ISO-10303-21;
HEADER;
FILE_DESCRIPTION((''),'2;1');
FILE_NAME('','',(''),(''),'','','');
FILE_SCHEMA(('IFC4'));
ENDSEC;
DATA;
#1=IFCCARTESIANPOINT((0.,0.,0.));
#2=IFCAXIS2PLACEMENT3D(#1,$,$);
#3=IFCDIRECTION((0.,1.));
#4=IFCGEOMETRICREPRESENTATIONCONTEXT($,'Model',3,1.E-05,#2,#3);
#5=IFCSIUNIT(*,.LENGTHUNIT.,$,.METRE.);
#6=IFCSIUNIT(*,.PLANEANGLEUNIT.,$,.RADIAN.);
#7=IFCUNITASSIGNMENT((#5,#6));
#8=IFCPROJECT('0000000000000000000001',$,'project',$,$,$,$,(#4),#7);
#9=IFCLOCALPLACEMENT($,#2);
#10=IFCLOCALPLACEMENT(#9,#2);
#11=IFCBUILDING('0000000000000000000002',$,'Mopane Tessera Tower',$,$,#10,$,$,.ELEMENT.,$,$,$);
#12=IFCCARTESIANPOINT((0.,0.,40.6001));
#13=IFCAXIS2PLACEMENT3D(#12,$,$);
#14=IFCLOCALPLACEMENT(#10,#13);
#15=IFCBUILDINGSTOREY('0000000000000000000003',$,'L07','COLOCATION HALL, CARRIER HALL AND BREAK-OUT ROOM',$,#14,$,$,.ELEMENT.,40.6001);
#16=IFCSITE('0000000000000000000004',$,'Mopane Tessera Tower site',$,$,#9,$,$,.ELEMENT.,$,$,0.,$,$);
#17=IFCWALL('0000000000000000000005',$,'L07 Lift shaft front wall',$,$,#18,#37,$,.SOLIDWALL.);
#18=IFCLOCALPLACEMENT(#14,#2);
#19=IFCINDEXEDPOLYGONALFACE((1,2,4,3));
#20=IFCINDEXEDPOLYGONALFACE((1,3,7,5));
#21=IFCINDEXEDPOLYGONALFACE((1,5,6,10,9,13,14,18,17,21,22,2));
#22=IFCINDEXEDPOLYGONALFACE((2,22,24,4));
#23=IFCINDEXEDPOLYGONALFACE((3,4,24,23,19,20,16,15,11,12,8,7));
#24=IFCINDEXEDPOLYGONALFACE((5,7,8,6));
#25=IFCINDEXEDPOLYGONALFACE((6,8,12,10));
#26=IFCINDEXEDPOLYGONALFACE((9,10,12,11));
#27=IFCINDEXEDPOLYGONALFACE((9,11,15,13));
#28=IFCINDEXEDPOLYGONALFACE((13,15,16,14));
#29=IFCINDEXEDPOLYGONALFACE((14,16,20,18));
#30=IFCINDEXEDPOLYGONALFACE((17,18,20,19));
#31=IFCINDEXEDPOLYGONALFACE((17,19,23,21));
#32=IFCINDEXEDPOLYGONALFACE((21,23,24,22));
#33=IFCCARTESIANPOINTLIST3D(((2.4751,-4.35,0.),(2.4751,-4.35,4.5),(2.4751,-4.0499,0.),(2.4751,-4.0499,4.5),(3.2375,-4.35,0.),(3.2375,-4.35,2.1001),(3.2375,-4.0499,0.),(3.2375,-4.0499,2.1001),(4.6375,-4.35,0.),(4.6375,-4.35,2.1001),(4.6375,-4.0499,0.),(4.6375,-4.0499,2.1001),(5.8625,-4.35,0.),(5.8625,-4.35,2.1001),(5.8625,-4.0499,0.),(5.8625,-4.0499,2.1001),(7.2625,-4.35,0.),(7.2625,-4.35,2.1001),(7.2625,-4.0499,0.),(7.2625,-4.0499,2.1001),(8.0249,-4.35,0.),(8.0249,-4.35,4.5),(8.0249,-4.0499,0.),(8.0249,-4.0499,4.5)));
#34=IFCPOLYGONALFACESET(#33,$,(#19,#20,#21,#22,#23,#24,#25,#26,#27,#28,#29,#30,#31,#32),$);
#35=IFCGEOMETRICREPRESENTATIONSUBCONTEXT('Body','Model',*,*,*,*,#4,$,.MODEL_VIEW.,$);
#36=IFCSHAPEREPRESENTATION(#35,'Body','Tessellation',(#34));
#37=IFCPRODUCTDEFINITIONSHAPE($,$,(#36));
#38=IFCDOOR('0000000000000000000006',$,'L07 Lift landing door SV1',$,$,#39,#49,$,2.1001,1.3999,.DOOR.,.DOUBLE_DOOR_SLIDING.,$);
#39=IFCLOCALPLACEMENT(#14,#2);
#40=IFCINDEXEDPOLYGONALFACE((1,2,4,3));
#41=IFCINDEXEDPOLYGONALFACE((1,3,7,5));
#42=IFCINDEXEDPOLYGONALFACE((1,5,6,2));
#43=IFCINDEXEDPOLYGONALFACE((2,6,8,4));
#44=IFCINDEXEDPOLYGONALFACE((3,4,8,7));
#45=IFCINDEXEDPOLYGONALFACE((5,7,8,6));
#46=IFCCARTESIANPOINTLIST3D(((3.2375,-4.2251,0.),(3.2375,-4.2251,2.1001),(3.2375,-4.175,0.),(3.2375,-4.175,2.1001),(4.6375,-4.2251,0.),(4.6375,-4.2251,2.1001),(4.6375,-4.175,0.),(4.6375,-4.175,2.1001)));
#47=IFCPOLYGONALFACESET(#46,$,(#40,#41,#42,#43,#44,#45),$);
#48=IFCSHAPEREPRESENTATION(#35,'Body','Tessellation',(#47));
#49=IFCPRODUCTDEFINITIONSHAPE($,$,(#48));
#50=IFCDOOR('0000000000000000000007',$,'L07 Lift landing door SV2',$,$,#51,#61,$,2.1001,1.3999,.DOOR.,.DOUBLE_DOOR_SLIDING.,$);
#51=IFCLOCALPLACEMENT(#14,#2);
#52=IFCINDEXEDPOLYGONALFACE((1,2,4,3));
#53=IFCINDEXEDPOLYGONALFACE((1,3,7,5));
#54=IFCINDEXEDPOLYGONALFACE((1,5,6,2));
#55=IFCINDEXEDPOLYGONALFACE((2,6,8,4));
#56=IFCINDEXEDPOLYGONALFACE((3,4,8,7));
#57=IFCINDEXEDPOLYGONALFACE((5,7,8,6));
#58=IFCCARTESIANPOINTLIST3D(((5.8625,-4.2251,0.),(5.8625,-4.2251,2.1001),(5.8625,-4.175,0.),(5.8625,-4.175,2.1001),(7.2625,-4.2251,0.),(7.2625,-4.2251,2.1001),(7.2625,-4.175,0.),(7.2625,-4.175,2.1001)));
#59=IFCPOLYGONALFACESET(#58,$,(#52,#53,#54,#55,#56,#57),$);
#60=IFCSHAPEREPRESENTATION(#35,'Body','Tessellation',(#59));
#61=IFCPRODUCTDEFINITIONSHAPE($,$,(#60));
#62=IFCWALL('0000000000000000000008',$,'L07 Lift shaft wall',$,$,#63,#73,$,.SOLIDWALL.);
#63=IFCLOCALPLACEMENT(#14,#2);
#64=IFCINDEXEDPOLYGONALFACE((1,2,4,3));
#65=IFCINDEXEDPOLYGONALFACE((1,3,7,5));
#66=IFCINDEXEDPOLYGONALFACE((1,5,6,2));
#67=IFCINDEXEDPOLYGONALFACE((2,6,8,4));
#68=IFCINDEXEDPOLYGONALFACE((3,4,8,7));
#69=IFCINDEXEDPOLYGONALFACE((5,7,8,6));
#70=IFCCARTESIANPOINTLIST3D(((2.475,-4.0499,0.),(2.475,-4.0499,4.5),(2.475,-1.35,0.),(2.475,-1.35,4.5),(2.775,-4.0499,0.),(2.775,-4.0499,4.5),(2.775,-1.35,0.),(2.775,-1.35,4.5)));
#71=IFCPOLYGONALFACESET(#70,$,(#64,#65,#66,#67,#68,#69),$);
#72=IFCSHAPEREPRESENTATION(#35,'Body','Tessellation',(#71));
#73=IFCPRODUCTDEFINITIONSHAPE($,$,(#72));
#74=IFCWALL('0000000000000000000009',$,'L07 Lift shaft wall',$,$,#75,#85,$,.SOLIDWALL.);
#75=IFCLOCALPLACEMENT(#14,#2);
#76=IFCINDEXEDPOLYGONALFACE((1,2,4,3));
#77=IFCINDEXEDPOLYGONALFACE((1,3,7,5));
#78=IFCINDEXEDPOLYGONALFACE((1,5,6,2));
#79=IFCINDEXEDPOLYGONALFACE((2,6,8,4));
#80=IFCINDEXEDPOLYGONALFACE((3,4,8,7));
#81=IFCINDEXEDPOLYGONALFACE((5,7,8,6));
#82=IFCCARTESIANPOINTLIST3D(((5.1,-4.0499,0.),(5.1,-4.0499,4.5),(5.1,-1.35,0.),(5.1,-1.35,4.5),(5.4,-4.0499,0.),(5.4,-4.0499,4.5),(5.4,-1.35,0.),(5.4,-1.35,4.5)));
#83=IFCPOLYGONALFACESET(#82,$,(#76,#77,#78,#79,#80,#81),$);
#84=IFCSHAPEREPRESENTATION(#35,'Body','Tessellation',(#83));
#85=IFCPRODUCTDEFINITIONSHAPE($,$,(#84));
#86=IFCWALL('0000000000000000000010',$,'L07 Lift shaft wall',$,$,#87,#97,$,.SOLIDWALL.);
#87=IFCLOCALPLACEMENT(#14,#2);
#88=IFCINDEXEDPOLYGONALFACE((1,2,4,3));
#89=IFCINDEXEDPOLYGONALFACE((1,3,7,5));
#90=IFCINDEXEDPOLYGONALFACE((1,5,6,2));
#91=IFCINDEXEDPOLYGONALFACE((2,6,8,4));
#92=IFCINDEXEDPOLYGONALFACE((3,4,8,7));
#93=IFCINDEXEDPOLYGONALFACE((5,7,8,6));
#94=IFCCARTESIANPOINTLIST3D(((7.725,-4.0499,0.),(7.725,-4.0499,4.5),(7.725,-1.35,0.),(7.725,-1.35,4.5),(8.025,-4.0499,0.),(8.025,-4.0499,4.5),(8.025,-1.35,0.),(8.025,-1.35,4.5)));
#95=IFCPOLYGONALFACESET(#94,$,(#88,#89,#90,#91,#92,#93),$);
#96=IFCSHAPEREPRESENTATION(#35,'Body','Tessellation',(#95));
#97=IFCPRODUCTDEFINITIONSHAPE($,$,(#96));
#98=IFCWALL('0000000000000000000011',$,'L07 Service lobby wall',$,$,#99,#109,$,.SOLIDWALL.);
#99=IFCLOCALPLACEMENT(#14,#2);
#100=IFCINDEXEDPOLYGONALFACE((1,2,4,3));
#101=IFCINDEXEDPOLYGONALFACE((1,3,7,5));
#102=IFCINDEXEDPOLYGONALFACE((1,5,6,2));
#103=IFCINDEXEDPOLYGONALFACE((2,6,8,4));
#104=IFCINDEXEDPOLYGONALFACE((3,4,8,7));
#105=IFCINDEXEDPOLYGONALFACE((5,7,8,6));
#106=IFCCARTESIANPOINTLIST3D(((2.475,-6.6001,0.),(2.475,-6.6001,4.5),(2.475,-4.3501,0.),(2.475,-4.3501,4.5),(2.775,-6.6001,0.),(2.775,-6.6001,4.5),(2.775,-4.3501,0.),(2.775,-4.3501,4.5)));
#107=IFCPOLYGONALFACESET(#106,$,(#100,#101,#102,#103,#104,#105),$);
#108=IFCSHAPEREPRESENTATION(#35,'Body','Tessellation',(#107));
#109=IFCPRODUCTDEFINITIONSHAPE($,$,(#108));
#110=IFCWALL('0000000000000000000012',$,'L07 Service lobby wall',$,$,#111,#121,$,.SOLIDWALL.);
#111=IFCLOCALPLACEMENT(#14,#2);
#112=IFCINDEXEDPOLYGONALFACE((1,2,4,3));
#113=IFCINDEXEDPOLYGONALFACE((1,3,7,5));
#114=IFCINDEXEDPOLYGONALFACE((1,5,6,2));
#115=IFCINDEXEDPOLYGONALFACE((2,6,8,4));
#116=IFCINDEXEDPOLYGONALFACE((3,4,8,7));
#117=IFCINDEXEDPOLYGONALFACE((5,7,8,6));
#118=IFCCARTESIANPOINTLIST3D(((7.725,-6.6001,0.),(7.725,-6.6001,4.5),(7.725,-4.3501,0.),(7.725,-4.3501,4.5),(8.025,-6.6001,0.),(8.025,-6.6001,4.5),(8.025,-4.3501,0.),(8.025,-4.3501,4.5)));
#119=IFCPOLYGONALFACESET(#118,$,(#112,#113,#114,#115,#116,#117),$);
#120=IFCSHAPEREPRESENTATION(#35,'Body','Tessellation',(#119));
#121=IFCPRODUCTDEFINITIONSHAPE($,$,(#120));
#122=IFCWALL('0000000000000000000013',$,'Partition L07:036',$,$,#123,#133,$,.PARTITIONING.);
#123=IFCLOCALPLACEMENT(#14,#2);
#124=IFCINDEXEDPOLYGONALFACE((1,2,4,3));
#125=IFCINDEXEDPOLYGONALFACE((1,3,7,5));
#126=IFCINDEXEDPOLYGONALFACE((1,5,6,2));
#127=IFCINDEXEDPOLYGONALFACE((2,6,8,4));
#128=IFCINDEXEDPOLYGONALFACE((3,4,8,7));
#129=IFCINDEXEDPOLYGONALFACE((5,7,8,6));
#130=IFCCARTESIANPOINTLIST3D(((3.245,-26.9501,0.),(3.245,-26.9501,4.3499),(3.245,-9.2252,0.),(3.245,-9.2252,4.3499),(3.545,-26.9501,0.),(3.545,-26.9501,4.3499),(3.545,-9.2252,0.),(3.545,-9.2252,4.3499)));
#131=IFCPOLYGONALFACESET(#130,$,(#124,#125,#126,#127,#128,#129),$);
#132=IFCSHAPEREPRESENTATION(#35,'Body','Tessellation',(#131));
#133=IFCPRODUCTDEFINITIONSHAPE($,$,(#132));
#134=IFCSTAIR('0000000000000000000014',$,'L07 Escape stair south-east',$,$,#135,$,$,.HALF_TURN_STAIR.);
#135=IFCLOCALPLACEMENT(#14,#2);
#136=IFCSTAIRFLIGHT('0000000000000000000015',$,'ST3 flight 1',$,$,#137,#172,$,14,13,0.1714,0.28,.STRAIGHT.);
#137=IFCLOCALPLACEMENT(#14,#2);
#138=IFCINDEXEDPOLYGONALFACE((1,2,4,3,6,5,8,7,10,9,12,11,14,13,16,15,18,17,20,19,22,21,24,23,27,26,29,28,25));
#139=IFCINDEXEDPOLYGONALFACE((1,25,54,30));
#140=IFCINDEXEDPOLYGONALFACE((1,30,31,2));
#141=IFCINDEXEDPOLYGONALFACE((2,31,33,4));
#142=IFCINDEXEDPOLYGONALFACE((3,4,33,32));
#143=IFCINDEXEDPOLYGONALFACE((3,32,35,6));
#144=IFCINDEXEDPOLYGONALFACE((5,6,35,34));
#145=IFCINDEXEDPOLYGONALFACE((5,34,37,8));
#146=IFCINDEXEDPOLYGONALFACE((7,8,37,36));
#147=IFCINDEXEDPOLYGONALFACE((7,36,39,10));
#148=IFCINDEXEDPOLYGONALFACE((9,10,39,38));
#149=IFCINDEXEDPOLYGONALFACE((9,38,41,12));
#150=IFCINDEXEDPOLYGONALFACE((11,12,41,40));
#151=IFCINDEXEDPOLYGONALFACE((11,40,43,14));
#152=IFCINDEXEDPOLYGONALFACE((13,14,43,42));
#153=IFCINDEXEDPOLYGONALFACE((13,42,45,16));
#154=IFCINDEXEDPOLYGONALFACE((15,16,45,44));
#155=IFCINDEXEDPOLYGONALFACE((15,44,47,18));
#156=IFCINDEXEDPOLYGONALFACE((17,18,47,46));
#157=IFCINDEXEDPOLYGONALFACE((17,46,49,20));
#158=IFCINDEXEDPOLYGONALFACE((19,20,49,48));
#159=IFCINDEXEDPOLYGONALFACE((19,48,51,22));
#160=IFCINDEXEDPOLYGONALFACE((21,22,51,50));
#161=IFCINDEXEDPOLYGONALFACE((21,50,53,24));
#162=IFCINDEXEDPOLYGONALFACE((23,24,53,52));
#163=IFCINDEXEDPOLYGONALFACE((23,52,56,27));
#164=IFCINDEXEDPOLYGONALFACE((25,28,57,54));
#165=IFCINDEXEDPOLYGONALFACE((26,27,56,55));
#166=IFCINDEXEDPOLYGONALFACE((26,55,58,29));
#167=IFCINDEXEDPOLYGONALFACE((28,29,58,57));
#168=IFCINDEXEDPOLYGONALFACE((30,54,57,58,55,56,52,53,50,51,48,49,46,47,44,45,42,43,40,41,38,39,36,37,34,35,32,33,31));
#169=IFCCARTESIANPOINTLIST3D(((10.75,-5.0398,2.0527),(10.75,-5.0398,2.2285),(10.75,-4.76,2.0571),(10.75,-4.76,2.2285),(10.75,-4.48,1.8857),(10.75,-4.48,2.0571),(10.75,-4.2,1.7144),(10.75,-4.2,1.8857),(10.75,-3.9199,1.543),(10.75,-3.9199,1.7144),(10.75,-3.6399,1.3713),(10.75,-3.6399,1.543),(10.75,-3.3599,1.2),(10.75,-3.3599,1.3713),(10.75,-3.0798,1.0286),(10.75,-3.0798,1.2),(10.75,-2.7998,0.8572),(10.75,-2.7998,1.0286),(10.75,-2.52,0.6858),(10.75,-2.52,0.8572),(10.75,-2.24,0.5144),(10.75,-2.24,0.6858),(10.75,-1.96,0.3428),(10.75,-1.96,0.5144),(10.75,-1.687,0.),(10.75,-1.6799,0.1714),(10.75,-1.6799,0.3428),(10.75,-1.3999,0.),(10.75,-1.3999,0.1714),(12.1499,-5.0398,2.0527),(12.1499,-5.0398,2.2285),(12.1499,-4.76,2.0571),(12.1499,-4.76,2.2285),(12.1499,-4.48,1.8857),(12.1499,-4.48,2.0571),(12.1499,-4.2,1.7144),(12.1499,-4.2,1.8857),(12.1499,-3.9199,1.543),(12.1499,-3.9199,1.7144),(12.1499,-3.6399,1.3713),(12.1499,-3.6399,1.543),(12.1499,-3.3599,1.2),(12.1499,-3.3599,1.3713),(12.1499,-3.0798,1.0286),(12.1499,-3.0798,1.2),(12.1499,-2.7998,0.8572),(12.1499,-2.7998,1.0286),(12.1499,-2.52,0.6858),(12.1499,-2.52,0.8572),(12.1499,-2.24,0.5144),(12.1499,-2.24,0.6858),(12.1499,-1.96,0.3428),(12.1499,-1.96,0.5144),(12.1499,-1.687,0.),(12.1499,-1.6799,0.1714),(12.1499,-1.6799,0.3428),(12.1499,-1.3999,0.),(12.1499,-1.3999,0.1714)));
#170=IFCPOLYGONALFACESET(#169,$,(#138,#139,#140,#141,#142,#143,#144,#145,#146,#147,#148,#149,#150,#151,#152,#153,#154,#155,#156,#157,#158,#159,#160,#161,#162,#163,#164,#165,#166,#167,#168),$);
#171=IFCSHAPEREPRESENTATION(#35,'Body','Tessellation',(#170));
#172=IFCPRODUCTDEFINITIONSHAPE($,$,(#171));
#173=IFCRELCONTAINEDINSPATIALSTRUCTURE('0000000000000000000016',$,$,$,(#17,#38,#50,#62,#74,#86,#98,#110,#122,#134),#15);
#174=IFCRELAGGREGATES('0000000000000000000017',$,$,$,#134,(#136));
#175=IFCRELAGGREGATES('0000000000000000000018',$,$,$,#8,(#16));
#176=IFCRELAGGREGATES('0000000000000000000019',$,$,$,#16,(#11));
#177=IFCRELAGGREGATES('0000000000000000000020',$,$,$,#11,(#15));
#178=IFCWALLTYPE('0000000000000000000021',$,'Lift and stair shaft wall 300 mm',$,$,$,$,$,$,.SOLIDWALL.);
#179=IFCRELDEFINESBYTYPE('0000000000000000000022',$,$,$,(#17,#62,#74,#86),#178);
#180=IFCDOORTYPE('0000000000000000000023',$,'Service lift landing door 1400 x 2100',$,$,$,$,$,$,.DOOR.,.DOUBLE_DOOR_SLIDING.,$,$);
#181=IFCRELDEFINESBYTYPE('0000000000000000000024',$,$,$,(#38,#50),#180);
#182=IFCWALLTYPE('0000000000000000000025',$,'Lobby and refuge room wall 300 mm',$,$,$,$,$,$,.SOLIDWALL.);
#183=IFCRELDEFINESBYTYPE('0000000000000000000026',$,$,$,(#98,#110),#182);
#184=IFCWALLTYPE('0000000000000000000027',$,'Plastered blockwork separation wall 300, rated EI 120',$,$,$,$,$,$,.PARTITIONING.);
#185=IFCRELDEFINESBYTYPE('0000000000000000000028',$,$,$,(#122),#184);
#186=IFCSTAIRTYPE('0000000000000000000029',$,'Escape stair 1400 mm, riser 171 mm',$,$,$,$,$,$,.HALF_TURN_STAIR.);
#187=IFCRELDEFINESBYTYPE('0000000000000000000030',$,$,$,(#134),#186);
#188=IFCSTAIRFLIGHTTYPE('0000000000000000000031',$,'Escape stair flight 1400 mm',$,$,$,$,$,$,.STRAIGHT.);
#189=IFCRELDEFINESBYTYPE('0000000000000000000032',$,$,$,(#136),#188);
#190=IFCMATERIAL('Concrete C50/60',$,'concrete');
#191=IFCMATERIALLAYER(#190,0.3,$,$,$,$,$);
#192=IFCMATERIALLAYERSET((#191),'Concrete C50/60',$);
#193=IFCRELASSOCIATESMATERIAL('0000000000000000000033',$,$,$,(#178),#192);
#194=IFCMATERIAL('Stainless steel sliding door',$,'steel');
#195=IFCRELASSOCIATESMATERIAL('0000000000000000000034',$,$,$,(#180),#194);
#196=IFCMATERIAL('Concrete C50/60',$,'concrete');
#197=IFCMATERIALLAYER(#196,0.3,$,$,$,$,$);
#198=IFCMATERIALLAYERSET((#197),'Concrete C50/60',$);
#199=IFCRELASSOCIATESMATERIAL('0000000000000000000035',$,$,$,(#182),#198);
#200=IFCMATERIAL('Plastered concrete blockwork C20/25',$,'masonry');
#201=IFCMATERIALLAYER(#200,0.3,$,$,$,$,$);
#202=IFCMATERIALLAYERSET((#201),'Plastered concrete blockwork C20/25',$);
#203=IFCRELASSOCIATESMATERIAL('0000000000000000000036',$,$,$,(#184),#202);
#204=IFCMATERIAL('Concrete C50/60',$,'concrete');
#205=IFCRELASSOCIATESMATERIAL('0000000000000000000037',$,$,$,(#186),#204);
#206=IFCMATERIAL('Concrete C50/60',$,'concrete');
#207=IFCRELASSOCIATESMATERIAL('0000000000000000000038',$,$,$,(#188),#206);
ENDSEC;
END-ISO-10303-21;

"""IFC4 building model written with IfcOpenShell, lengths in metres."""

from ifc_helpers import new_model, si_unit, direction, frame, frame_2d, origin, place, context, subcontext, project, spatial, polyline, rectangle, outline, extrude, material, layer, layer_set, type_object, element, fill, aggregate, save


model = new_model("IFC4")

# Units and contexts
model_context = context("Model", 3, precision=1e-05, world=origin(), true_north=direction((0.0, 1.0)))
body_context = subcontext(model_context, "Body", "Model", "MODEL_VIEW")
ifc_project = project(units=[si_unit("LENGTHUNIT", "METRE"), si_unit("PLANEANGLEUNIT", "RADIAN")], contexts=[model_context])

# Site, building, storey
site_placement = place(None, origin())
site = spatial("IfcSite", under=ifc_project, at=site_placement, Name="Mopane Tessera Tower site", CompositionType="ELEMENT", RefElevation=0.0)
building_placement = place(site_placement, origin())
building = spatial("IfcBuilding", under=site, at=building_placement, Name="Mopane Tessera Tower", CompositionType="ELEMENT")
storey_placement = place(building_placement, frame((0.0, 0.0, 40.6001)))
storey = spatial("IfcBuildingStorey", under=building, at=storey_placement, Name="L07", Description="COLOCATION HALL, CARRIER HALL AND BREAK-OUT ROOM", CompositionType="ELEMENT", Elevation=40.6001)

# Shared definitions
ifc_material_1 = material(Name="Concrete C50/60", Category="concrete")
ifc_layer_1 = layer(ifc_material_1, 0.3)
ifc_layer_set_1 = layer_set([ifc_layer_1], Name="Concrete C50/60")
wall_type_1 = type_object("IfcWallType", Name="Lift and stair shaft wall 300 mm", PredefinedType="SOLIDWALL", material=ifc_layer_set_1)

# Wall, openings, doors
wall_1_placement = place(storey_placement, frame((2.4751, -4.2, 0.0), z_axis=(0.0, 0.0, 1.0), x_axis=(1.0, 0.0, 0.0)))
wall_1 = element("IfcWall", 1, at=wall_1_placement, inside=storey, type_object=wall_type_1, Name="L07 Lift shaft front wall", PredefinedType="SOLIDWALL", context=body_context, shape_type="SweptSolid", body=[
    extrude(rectangle(XDim=5.5498, YDim=0.3, at=frame_2d((2.7749, 0.0))), origin(), (0.0, 0.0, 1.0), 4.5),
])
opening_1_placement = place(wall_1_placement, frame((0.7625, 0.0, 0.0)))
opening_1 = element("IfcOpeningElement", 2, at=opening_1_placement, cuts=wall_1, PredefinedType="OPENING", context=body_context, shape_type="SweptSolid", body=[
    extrude(rectangle(XDim=1.3999, YDim=2.1001, at=frame_2d((0.7, 1.05))), frame((0.0, 0.1621, 0.0), z_axis=(0.0, -1.0, 0.0), x_axis=(1.0, 0.0, 0.0)), (0.0, 0.0, 1.0), 0.324),
])
opening_2_placement = place(wall_1_placement, frame((3.3875, 0.0, 0.0)))
opening_2 = element("IfcOpeningElement", 3, at=opening_2_placement, cuts=wall_1, PredefinedType="OPENING", context=body_context, shape_type="SweptSolid", body=[
    extrude(rectangle(XDim=1.3999, YDim=2.1001, at=frame_2d((0.7, 1.05))), frame((0.0, 0.1621, 0.0), z_axis=(0.0, -1.0, 0.0), x_axis=(1.0, 0.0, 0.0)), (0.0, 0.0, 1.0), 0.324),
])
ifc_material_2 = material(Name="Stainless steel sliding door", Category="steel")
door_type = type_object("IfcDoorType", Name="Service lift landing door 1400 x 2100", OperationType="DOUBLE_DOOR_SLIDING", PredefinedType="DOOR", material=ifc_material_2)
door_1_placement = place(opening_1_placement, origin())
door_1 = element("IfcDoor", 4, at=door_1_placement, inside=storey, type_object=door_type, Name="L07 Lift landing door SV1", OperationType="DOUBLE_DOOR_SLIDING", OverallHeight=2.1001, OverallWidth=1.3999, PredefinedType="DOOR", context=body_context, shape_type="SweptSolid", body=[
    extrude(rectangle(XDim=1.3999, YDim=2.1001, at=frame_2d((0.7, 1.05))), frame((0.0, 0.0249, 0.0), z_axis=(0.0, -1.0, 0.0), x_axis=(1.0, 0.0, 0.0)), (0.0, 0.0, 1.0), 0.05),
])
fill(opening_1, door_1)
door_2_placement = place(opening_2_placement, origin())
door_2 = element("IfcDoor", 5, at=door_2_placement, inside=storey, type_object=door_type, Name="L07 Lift landing door SV2", OperationType="DOUBLE_DOOR_SLIDING", OverallHeight=2.1001, OverallWidth=1.3999, PredefinedType="DOOR", context=body_context, shape_type="SweptSolid", body=[
    extrude(rectangle(XDim=1.3999, YDim=2.1001, at=frame_2d((0.7, 1.05))), frame((0.0, 0.0249, 0.0), z_axis=(0.0, -1.0, 0.0), x_axis=(1.0, 0.0, 0.0)), (0.0, 0.0, 1.0), 0.05),
])
fill(opening_2, door_2)

# Walls
for number, where, z_axis, x_axis, name in (
    (6, (2.625, -4.05, 0.0), (0.0, 0.0, 1.0), (0.0, 1.0, 0.0), "L07 Lift shaft wall"),
    (7, (5.25, -4.05, 0.0), (0.0, 0.0, 1.0), (0.0, 1.0, 0.0), "L07 Lift shaft wall"),
    (8, (7.875, -4.05, 0.0), (0.0, 0.0, 1.0), (0.0, 1.0, 0.0), "L07 Lift shaft wall"),
):
    element("IfcWall", number, at=place(storey_placement, frame(where, z_axis=z_axis, x_axis=x_axis)), inside=storey, type_object=wall_type_1, Name=name, PredefinedType="SOLIDWALL", context=body_context, shape_type="SweptSolid", body=[
        extrude(rectangle(XDim=2.7, YDim=0.3, at=frame_2d((1.3501, 0.0))), origin(), (0.0, 0.0, 1.0), 4.5),
    ])
ifc_material_3 = material(Name="Concrete C50/60", Category="concrete")
ifc_layer_2 = layer(ifc_material_3, 0.3)
ifc_layer_set_2 = layer_set([ifc_layer_2], Name="Concrete C50/60")
wall_type_2 = type_object("IfcWallType", Name="Lobby and refuge room wall 300 mm", PredefinedType="SOLIDWALL", material=ifc_layer_set_2)
for number, where, z_axis, x_axis, name in (
    (9, (2.625, -6.6001, 0.0), (0.0, 0.0, 1.0), (0.0, 1.0, 0.0), "L07 Service lobby wall"),
    (10, (7.875, -6.6001, 0.0), (0.0, 0.0, 1.0), (0.0, 1.0, 0.0), "L07 Service lobby wall"),
):
    element("IfcWall", number, at=place(storey_placement, frame(where, z_axis=z_axis, x_axis=x_axis)), inside=storey, type_object=wall_type_2, Name=name, PredefinedType="SOLIDWALL", context=body_context, shape_type="SweptSolid", body=[
        extrude(rectangle(XDim=2.25, YDim=0.3, at=frame_2d((1.125, 0.0))), origin(), (0.0, 0.0, 1.0), 4.5),
    ])
ifc_material_4 = material(Name="Plastered concrete blockwork C20/25", Category="masonry")
ifc_layer_3 = layer(ifc_material_4, 0.3)
ifc_layer_set_3 = layer_set([ifc_layer_3], Name="Plastered concrete blockwork C20/25")
wall_type_3 = type_object("IfcWallType", Name="Plastered blockwork separation wall 300, rated EI 120", PredefinedType="PARTITIONING", material=ifc_layer_set_3)
wall_2_placement = place(storey_placement, frame((3.395, -26.95, 0.0), z_axis=(0.0, 0.0, 1.0), x_axis=(0.0, 1.0, 0.0)))
element("IfcWall", 11, at=wall_2_placement, inside=storey, type_object=wall_type_3, Name="Partition L07:036", PredefinedType="PARTITIONING", context=body_context, shape_type="SweptSolid", body=[
    extrude(rectangle(XDim=17.7249, YDim=0.3, at=frame_2d((8.8623, 0.0))), origin(), (0.0, 0.0, 1.0), 4.3499),
])

# Stair, stair flight
ifc_material_5 = material(Name="Concrete C50/60", Category="concrete")
stair_type = type_object("IfcStairType", Name="Escape stair 1400 mm, riser 171 mm", PredefinedType="HALF_TURN_STAIR", material=ifc_material_5)
stair_placement = place(storey_placement, origin())
stair = element("IfcStair", 12, at=stair_placement, inside=storey, type_object=stair_type, Name="L07 Escape stair south-east", PredefinedType="HALF_TURN_STAIR")
ifc_material_6 = material(Name="Concrete C50/60", Category="concrete")
stair_flight_type = type_object("IfcStairFlightType", Name="Escape stair flight 1400 mm", PredefinedType="STRAIGHT", material=ifc_material_6)
stair_flight_1_placement = place(storey_placement, frame((11.45, -1.3999, 0.0), z_axis=(0.0, 0.0, 1.0), x_axis=(0.0, -1.0, 0.0)))
stair_flight_1 = element("IfcStairFlight", 13, at=stair_flight_1_placement, type_object=stair_flight_type, Name="ST3 flight 1", NumberOfRisers=14, NumberOfTreads=13, PredefinedType="STRAIGHT", RiserHeight=0.1714, TreadLength=0.28, context=body_context, shape_type="SweptSolid", body=[
    extrude(outline(polyline([(0.0, 0.0), (0.0, 0.1714), (0.28, 0.1714), (0.28, 0.3428), (0.5601, 0.3428), (0.5601, 0.5144), (0.8401, 0.5144), (0.8401, 0.6858), (1.1201, 0.6858), (1.1201, 0.8572), (1.3999, 0.8572), (1.3999, 1.0286), (1.6799, 1.0286), (1.6799, 1.2), (1.96, 1.2), (1.96, 1.3713), (2.24, 1.3713), (2.24, 1.543), (2.52, 1.543), (2.52, 1.7144), (2.8, 1.7144), (2.8, 1.8857), (3.0801, 1.8857), (3.0801, 2.0571), (3.3601, 2.0571), (3.3601, 2.2285), (3.6399, 2.2285), (3.6399, 2.3999), (3.6399, 2.0527), (0.2871, 0.0), (0.0, 0.0)])), frame((0.0, 0.7, 0.0), z_axis=(0.0, -1.0, 0.0), x_axis=(1.0, 0.0, 0.0)), (0.0, 0.0, 1.0), 1.3999),
])
aggregate(stair, [stair_flight_1])

save(model, "model.ifc")
